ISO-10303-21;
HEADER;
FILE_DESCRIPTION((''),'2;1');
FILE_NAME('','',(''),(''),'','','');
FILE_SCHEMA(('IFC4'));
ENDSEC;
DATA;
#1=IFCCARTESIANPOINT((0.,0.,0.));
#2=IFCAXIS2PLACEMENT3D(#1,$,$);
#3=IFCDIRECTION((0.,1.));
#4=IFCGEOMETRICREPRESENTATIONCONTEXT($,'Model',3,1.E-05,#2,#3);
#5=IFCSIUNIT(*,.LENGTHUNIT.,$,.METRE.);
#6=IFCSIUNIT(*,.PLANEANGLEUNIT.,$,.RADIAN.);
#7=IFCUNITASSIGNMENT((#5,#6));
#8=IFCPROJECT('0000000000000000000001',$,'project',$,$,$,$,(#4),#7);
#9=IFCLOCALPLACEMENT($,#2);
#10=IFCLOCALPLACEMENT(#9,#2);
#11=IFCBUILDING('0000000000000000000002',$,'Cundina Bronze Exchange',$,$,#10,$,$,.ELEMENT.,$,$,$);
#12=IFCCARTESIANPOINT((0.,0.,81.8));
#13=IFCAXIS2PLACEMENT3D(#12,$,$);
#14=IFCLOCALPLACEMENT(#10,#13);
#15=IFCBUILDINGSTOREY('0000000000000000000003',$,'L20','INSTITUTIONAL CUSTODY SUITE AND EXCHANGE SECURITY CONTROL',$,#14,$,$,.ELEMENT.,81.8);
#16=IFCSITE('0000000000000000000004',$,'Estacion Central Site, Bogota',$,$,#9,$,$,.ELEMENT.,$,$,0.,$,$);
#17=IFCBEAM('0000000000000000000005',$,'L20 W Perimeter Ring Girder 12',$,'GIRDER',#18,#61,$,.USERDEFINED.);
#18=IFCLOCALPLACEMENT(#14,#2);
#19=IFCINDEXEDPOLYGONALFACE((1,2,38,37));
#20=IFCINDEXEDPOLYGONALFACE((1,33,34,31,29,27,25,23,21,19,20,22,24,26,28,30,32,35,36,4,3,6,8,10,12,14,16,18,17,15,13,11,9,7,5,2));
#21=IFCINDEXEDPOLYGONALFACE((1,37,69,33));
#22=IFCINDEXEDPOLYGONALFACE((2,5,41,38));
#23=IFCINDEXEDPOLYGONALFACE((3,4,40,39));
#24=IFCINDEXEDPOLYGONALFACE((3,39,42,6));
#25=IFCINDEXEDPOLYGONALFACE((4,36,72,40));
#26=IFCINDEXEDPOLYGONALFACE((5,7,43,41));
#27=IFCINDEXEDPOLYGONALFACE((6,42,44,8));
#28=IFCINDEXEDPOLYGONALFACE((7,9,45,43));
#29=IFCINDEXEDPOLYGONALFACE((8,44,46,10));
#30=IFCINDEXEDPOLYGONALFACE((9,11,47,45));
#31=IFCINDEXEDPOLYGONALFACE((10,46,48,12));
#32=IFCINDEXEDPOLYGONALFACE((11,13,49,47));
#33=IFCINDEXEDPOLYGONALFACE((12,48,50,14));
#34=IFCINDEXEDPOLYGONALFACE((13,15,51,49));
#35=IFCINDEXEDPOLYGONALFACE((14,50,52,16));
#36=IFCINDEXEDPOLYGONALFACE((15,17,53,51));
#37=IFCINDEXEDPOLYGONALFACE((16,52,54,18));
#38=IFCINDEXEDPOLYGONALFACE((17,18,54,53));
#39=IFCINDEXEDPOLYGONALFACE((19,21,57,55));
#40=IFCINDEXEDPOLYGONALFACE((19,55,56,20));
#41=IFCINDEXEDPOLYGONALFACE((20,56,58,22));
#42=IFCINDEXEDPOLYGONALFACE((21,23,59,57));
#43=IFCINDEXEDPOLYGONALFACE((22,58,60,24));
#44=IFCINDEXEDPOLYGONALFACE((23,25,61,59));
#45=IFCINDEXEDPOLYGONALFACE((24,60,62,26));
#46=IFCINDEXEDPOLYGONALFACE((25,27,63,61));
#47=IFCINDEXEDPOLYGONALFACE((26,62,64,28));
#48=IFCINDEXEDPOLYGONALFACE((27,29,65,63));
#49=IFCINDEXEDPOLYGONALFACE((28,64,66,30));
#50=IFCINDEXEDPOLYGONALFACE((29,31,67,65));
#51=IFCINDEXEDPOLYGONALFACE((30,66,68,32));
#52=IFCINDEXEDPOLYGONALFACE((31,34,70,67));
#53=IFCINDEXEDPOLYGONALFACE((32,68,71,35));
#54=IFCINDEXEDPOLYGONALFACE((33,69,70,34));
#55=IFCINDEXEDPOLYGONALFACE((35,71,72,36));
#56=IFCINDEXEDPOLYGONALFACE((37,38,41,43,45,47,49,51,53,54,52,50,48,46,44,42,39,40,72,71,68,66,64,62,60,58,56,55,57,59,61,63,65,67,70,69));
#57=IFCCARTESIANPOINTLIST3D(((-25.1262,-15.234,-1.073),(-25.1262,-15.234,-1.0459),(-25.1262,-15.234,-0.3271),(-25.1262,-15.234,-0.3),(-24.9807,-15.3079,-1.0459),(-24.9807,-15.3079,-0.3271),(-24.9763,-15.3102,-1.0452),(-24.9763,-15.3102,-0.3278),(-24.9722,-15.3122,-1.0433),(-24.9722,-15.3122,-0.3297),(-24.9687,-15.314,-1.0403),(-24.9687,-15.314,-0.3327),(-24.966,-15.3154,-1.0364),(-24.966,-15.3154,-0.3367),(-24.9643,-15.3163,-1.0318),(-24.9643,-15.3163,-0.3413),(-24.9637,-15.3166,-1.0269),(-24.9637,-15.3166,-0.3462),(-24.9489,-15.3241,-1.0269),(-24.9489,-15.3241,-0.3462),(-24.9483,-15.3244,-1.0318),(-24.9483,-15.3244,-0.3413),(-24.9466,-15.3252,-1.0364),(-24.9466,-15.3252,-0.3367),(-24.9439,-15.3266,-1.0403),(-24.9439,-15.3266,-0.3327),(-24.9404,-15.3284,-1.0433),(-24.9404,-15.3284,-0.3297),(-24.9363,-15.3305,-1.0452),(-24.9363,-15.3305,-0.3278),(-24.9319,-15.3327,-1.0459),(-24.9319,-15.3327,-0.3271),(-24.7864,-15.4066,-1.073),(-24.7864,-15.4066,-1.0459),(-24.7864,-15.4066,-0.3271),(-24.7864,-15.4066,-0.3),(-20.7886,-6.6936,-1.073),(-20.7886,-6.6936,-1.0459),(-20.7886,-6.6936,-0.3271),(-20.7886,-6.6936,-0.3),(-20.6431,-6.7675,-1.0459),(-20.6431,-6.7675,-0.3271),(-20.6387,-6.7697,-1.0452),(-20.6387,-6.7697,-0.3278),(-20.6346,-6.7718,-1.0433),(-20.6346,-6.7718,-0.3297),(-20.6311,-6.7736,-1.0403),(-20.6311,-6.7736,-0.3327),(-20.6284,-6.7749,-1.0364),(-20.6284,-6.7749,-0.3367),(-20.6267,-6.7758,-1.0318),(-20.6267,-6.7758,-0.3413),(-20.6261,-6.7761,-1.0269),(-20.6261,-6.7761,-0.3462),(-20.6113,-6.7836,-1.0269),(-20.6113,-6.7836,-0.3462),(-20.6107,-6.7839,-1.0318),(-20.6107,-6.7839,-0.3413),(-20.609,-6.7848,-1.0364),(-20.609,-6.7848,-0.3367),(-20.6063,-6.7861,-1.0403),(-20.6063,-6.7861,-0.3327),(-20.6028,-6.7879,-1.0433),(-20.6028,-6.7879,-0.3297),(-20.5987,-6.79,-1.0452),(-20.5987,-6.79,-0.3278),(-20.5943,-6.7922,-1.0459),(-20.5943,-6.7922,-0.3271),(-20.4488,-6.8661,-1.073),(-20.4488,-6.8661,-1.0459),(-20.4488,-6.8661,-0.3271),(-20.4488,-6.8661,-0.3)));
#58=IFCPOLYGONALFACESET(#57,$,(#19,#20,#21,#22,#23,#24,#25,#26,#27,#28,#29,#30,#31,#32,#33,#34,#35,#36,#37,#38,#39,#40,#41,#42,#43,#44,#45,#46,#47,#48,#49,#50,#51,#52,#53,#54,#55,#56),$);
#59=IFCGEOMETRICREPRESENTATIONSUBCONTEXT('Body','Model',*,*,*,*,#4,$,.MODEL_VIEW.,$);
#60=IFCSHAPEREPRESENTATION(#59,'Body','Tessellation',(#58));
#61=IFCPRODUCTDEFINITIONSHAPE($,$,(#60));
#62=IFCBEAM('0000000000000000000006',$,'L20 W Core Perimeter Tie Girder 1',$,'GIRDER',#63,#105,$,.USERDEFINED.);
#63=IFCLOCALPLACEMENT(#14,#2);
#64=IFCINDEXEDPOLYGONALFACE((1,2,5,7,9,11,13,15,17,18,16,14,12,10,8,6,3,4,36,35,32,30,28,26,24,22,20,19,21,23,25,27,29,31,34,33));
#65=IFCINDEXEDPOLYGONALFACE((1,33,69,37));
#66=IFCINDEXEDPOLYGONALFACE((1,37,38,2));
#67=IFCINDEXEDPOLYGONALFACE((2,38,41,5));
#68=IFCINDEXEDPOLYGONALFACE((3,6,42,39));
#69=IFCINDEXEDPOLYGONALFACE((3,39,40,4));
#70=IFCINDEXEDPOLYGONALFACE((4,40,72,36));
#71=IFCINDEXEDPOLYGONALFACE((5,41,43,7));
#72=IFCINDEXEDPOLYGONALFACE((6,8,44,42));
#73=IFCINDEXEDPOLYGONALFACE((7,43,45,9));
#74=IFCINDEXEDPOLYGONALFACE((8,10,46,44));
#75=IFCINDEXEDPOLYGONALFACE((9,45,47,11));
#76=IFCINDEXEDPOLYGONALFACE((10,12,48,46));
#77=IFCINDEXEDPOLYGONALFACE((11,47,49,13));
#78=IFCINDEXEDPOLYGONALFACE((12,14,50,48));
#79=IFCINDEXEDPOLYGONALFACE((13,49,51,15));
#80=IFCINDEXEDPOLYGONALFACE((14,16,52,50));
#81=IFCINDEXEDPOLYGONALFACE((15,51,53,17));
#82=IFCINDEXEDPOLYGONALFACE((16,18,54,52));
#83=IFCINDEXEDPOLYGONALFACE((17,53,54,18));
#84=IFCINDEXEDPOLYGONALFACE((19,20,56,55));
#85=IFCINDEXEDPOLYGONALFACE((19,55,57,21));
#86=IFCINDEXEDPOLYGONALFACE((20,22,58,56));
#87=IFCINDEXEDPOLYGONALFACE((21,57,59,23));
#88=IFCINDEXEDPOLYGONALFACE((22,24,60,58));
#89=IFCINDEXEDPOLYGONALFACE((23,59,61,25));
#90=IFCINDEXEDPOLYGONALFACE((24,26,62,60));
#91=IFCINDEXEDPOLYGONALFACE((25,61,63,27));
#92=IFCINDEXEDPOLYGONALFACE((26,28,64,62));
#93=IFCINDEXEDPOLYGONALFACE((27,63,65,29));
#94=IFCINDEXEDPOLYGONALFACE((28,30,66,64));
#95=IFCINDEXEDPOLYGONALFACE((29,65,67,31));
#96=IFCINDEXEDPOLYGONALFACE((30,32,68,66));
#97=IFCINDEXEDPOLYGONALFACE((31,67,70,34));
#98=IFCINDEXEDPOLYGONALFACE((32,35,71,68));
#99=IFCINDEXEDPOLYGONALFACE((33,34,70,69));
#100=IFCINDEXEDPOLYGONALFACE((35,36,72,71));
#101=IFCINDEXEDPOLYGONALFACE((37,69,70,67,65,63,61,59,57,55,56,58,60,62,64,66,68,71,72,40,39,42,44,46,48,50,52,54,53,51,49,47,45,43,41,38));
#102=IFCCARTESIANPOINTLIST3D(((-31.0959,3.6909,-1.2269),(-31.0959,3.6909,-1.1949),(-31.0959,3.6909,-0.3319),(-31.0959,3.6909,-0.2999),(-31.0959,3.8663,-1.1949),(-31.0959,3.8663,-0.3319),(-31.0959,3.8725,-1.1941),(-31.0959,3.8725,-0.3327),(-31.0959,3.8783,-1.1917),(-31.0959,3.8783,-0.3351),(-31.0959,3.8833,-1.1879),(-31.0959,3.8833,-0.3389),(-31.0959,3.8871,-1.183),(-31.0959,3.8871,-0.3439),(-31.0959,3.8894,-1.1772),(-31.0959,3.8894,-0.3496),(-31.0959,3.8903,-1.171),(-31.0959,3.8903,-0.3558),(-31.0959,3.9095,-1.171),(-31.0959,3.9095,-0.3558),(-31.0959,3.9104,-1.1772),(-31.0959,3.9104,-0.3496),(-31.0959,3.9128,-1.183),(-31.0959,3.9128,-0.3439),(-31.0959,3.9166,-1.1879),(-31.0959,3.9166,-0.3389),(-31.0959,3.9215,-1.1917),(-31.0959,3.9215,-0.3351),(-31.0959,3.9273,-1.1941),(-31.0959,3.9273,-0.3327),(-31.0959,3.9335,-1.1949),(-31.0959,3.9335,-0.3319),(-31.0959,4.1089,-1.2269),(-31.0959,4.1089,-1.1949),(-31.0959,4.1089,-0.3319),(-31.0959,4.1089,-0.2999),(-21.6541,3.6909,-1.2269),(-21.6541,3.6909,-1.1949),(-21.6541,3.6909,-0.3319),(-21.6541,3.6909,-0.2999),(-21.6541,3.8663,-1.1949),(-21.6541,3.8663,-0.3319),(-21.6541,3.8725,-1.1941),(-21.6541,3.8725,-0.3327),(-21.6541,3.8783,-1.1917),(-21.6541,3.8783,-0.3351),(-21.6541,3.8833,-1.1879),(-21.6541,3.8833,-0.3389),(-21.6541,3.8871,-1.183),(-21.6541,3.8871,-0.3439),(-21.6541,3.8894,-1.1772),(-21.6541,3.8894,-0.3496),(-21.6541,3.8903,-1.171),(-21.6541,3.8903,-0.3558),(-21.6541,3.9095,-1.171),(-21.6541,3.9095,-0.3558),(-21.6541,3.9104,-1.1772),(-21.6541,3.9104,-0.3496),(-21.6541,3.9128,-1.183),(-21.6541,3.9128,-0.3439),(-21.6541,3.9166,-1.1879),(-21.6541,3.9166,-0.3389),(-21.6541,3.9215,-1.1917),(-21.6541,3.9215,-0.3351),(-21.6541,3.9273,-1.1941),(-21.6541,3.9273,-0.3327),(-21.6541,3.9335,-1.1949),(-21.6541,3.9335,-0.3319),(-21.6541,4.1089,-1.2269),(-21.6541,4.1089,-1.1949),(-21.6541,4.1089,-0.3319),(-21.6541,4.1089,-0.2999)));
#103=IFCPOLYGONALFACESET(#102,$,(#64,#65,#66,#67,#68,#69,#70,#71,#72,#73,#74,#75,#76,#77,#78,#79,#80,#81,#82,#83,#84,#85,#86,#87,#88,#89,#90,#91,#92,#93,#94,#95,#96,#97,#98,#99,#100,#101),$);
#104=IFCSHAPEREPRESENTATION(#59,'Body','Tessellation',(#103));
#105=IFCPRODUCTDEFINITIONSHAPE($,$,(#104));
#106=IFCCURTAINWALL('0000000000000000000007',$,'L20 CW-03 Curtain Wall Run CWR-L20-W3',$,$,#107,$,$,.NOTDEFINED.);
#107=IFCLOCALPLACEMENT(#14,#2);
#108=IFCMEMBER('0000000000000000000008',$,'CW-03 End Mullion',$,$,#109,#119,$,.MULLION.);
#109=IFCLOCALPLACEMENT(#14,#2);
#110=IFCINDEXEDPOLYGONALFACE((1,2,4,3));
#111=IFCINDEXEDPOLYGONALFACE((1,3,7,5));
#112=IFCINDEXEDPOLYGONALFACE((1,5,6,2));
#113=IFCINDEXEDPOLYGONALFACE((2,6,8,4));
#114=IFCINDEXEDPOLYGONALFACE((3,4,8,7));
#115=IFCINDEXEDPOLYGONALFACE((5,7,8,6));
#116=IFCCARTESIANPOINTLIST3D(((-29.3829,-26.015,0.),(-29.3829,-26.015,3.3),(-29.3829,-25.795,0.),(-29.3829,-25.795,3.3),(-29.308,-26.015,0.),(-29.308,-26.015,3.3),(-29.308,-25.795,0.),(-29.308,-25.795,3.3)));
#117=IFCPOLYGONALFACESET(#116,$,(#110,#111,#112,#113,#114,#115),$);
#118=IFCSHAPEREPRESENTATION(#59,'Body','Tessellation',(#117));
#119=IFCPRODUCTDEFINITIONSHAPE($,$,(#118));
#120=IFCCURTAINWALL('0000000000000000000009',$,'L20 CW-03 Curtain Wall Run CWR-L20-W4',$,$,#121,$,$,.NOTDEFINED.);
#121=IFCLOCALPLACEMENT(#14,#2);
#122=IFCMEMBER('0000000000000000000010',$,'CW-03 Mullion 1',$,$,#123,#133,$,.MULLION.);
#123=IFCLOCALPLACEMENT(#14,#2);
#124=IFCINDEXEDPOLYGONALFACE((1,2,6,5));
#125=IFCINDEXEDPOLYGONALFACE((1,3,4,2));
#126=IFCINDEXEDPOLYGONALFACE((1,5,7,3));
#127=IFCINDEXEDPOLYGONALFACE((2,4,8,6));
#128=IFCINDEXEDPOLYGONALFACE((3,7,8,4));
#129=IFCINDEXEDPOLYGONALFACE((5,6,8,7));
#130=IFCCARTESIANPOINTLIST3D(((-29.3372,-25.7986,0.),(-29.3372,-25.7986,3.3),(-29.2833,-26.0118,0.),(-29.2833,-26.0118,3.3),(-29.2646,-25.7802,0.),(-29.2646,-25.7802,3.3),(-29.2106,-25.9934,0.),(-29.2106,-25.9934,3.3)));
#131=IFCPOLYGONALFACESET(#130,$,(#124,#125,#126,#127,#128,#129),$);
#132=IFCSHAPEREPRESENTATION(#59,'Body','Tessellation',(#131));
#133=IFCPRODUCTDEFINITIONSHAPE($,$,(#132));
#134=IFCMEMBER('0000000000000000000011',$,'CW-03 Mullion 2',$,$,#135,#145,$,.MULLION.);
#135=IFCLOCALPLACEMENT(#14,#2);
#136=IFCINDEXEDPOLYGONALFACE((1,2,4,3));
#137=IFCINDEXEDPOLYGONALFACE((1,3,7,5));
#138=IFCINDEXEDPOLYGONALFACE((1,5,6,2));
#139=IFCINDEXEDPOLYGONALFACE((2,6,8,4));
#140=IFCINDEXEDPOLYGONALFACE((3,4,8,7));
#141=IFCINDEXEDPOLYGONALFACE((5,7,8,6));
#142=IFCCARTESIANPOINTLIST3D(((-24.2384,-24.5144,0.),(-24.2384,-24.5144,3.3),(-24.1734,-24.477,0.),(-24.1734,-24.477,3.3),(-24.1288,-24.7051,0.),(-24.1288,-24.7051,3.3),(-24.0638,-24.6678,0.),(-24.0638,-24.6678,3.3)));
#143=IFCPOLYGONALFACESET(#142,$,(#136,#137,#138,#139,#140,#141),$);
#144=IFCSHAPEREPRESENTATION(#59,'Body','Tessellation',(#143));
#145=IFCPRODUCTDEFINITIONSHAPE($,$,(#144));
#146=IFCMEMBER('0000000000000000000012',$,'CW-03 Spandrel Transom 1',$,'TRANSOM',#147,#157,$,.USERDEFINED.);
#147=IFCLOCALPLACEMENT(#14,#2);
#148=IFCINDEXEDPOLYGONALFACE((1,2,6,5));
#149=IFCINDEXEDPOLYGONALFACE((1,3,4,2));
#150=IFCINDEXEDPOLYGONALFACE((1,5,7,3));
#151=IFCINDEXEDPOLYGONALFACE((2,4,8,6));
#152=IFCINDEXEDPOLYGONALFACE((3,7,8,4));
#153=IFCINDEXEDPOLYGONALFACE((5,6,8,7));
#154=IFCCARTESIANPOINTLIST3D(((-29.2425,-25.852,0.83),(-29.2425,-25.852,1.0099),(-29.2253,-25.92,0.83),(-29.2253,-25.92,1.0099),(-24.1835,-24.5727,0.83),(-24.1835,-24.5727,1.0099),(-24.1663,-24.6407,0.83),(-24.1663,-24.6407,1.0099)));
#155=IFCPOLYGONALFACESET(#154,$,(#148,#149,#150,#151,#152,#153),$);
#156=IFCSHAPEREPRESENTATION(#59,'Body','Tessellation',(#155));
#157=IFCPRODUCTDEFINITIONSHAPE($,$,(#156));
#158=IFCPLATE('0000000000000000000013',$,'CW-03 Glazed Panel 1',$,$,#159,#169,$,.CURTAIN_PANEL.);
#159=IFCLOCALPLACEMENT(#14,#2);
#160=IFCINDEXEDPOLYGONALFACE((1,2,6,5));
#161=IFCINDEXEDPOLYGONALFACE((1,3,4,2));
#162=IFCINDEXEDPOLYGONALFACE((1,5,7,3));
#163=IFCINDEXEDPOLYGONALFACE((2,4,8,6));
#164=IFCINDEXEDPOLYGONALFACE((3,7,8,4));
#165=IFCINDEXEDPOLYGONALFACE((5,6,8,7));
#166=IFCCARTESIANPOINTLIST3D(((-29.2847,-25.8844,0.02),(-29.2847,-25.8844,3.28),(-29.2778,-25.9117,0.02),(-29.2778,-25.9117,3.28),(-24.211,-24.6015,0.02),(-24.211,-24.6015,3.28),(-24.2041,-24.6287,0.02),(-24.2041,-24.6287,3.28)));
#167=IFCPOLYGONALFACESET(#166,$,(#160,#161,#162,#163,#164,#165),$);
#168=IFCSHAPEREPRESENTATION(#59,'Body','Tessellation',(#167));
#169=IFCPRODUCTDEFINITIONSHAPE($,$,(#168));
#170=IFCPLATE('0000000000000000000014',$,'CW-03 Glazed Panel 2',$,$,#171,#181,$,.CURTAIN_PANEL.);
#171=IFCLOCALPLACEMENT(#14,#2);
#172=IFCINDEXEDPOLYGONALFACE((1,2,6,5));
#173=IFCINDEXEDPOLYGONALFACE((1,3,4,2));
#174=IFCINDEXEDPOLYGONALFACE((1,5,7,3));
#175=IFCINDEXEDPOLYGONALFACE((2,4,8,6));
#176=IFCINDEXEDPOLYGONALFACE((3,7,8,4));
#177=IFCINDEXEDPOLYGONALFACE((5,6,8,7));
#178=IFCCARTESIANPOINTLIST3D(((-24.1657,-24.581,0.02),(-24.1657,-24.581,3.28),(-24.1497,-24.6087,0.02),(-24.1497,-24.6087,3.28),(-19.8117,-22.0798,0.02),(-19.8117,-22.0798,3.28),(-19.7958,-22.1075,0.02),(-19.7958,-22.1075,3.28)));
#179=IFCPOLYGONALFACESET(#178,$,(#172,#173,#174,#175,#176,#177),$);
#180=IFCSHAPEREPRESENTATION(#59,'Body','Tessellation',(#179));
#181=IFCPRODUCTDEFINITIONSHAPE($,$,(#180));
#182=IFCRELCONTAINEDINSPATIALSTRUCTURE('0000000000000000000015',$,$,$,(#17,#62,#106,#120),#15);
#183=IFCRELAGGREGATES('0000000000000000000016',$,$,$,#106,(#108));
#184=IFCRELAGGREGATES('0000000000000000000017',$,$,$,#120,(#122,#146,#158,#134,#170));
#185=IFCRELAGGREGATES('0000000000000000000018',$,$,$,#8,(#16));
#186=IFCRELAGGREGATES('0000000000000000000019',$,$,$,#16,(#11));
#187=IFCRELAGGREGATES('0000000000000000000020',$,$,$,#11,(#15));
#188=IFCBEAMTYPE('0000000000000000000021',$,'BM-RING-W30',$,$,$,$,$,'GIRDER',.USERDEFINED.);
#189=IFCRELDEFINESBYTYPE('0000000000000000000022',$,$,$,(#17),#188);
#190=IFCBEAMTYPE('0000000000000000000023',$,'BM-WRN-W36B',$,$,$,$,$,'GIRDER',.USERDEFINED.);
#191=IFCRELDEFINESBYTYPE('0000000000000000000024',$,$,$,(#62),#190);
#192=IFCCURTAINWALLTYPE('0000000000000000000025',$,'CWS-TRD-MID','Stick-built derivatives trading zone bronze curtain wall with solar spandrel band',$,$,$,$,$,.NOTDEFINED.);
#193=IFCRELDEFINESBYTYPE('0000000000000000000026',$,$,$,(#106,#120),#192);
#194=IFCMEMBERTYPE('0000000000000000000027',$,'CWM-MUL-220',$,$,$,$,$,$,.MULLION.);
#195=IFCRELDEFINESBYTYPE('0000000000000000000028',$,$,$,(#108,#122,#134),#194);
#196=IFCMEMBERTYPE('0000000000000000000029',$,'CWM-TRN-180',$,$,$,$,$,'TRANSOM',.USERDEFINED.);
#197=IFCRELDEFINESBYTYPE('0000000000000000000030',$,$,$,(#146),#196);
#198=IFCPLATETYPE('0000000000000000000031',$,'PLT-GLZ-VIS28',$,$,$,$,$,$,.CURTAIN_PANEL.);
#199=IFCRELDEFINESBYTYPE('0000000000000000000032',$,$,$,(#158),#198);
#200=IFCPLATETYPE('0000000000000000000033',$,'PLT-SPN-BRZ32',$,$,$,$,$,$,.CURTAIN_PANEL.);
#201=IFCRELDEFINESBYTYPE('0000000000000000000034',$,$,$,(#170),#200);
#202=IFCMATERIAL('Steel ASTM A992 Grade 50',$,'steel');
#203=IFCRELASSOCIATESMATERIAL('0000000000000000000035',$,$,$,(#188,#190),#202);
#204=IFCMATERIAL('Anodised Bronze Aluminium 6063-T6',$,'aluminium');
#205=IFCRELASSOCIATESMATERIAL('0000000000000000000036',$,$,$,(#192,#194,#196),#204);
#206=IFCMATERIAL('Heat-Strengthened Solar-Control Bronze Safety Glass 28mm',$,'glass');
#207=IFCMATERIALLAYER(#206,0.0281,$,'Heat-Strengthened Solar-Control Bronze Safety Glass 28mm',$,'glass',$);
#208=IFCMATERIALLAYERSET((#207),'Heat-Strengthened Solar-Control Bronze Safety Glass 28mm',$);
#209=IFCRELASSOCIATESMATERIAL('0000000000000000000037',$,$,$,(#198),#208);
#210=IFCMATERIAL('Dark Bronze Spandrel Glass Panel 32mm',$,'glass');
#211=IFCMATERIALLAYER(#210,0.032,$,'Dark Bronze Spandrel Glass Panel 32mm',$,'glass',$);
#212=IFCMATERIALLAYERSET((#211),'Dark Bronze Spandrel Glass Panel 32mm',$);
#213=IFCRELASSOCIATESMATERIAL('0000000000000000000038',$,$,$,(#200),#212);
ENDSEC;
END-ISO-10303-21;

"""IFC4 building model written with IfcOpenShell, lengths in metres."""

from ifc_helpers import new_model, si_unit, direction, frame, origin, origin_2d, place, context, subcontext, project, spatial, rectangle, i_section, extrude, material, layer, layer_set, material_profile, profile_set, type_object, element, aggregate, save


model = new_model("IFC4")

# Units and contexts
model_context = context("Model", 3, precision=1e-05, world=origin(), true_north=direction((0.0, 1.0)))
body_context = subcontext(model_context, "Body", "Model", "MODEL_VIEW")
ifc_project = project(units=[si_unit("LENGTHUNIT", "METRE"), si_unit("PLANEANGLEUNIT", "RADIAN")], contexts=[model_context])

# Site, building, storey
site_placement = place(None, origin())
site = spatial("IfcSite", under=ifc_project, at=site_placement, Name="Estacion Central Site, Bogota", CompositionType="ELEMENT", RefElevation=0.0)
building_placement = place(site_placement, origin())
building = spatial("IfcBuilding", under=site, at=building_placement, Name="Cundina Bronze Exchange", CompositionType="ELEMENT")
storey_placement = place(building_placement, frame((0.0, 0.0, 81.8)))
storey = spatial("IfcBuildingStorey", under=building, at=storey_placement, Name="L20", Description="INSTITUTIONAL CUSTODY SUITE AND EXCHANGE SECURITY CONTROL", CompositionType="ELEMENT", Elevation=81.8)

# Shared definitions
ifc_material_1 = material(Name="Steel ASTM A992 Grade 50", Category="steel")

# Beams
ifc_material_profile_1 = material_profile(ifc_material_1, i_section(OverallWidth=0.3811, OverallDepth=0.7729, WebThickness=0.0166, FlangeThickness=0.0271, FilletRadius=0.019, at=origin_2d()), Name="W30X173", Category="steel")
ifc_profile_set_1 = profile_set([ifc_material_profile_1], Name="Steel ASTM A992 Grade 50")
beam_type_1 = type_object("IfcBeamType", Name="BM-RING-W30", ElementType="GIRDER", PredefinedType="USERDEFINED", material=ifc_profile_set_1)
beam_1_placement = place(storey_placement, frame((-24.9563, -15.3203, -0.6865), z_axis=(0.452832, 0.891596, 0.0), x_axis=(-0.891596, 0.452832, 0.0)))
element("IfcBeam", 1, at=beam_1_placement, inside=storey, type_object=beam_type_1, Name="L20 W Perimeter Ring Girder 12", ObjectType="GIRDER", PredefinedType="USERDEFINED", context=body_context, shape_type="SweptSolid", body=[
    extrude(i_section(OverallWidth=0.3811, OverallDepth=0.7729, WebThickness=0.0166, FlangeThickness=0.0271, FilletRadius=0.019, at=origin_2d()), origin(), (0.0, 0.0, 1.0), 9.5789),
])
ifc_material_profile_2 = material_profile(ifc_material_1, i_section(OverallWidth=0.418, OverallDepth=0.927, WebThickness=0.0193, FlangeThickness=0.032, FilletRadius=0.0239, at=origin_2d()), Name="W36X231", Category="steel")
ifc_profile_set_2 = profile_set([ifc_material_profile_2], Name="Steel ASTM A992 Grade 50")
beam_type_2 = type_object("IfcBeamType", Name="BM-WRN-W36B", ElementType="GIRDER", PredefinedType="USERDEFINED", material=ifc_profile_set_2)
beam_2_placement = place(storey_placement, frame((-31.0959, 3.8999, -0.7634), z_axis=(1.0, 0.0, 0.0), x_axis=(0.0, 1.0, 0.0)))
element("IfcBeam", 2, at=beam_2_placement, inside=storey, type_object=beam_type_2, Name="L20 W Core Perimeter Tie Girder 1", ObjectType="GIRDER", PredefinedType="USERDEFINED", context=body_context, shape_type="SweptSolid", body=[
    extrude(i_section(OverallWidth=0.418, OverallDepth=0.927, WebThickness=0.0193, FlangeThickness=0.032, FilletRadius=0.0239, at=origin_2d()), origin(), (0.0, 0.0, 1.0), 9.4419),
])

# Curtain wall, member
ifc_material_2 = material(Name="Anodised Bronze Aluminium 6063-T6", Category="aluminium")
curtain_wall_type = type_object("IfcCurtainWallType", Name="CWS-TRD-MID", Description="Stick-built derivatives trading zone bronze curtain wall with solar spandrel band", PredefinedType="NOTDEFINED", material=ifc_material_2)
curtain_wall_1_placement = place(storey_placement, origin())
curtain_wall_1 = element("IfcCurtainWall", 3, at=curtain_wall_1_placement, inside=storey, type_object=curtain_wall_type, Name="L20 CW-03 Curtain Wall Run CWR-L20-W3", PredefinedType="NOTDEFINED")
ifc_material_profile_3 = material_profile(ifc_material_2, rectangle(XDim=0.075, YDim=0.22, at=origin_2d()), Name="AL75X220", Category="aluminium")
ifc_profile_set_3 = profile_set([ifc_material_profile_3], Name="Anodised Bronze Aluminium 6063-T6")
member_type_1 = type_object("IfcMemberType", Name="CWM-MUL-220", PredefinedType="MULLION", material=ifc_profile_set_3)
member_1_placement = place(storey_placement, frame((-29.3455, -25.905, 0.0), z_axis=(0.0, 0.0, 1.0), x_axis=(1.0, 0.0, 0.0)))
member_1 = element("IfcMember", 4, at=member_1_placement, type_object=member_type_1, Name="CW-03 End Mullion", PredefinedType="MULLION", context=body_context, shape_type="SweptSolid", body=[
    extrude(rectangle(XDim=0.075, YDim=0.22, at=origin_2d()), origin(), (0.0, 0.0, 1.0), 3.3),
])
aggregate(curtain_wall_1, [member_1])

# Curtain wall, members, plates
curtain_wall_2_placement = place(storey_placement, origin())
curtain_wall_2 = element("IfcCurtainWall", 5, at=curtain_wall_2_placement, inside=storey, type_object=curtain_wall_type, Name="L20 CW-03 Curtain Wall Run CWR-L20-W4", PredefinedType="NOTDEFINED")
member_2_placement = place(storey_placement, frame((-29.2739, -25.896, 0.0), z_axis=(0.0, 0.0, 1.0), x_axis=(0.969488, 0.245138, 0.0)))
member_2 = element("IfcMember", 6, at=member_2_placement, type_object=member_type_1, Name="CW-03 Mullion 1", PredefinedType="MULLION", context=body_context, shape_type="SweptSolid", body=[
    extrude(rectangle(XDim=0.075, YDim=0.22, at=origin_2d()), origin(), (0.0, 0.0, 1.0), 3.3),
])
member_3_placement = place(storey_placement, frame((-24.1511, -24.5911, 0.0), z_axis=(0.0, 0.0, 1.0), x_axis=(0.867071, 0.498185, 0.0)))
member_3 = element("IfcMember", 7, at=member_3_placement, type_object=member_type_1, Name="CW-03 Mullion 2", PredefinedType="MULLION", context=body_context, shape_type="SweptSolid", body=[
    extrude(rectangle(XDim=0.075, YDim=0.22, at=origin_2d()), origin(), (0.0, 0.0, 1.0), 3.3),
])
ifc_material_profile_4 = material_profile(ifc_material_2, rectangle(XDim=0.0701, YDim=0.1799, at=origin_2d()), Name="AL70X180", Category="aluminium")
ifc_profile_set_4 = profile_set([ifc_material_profile_4], Name="Anodised Bronze Aluminium 6063-T6")
member_type_2 = type_object("IfcMemberType", Name="CWM-TRN-180", ElementType="TRANSOM", PredefinedType="USERDEFINED", material=ifc_profile_set_4)
member_4_placement = place(storey_placement, frame((-29.2339, -25.886, 0.9199), z_axis=(0.969484, 0.245155, 0.0), x_axis=(-0.245155, 0.969484, 0.0)))
member_4 = element("IfcMember", 8, at=member_4_placement, type_object=member_type_2, Name="CW-03 Spandrel Transom 1", ObjectType="TRANSOM", PredefinedType="USERDEFINED", context=body_context, shape_type="SweptSolid", body=[
    extrude(rectangle(XDim=0.0701, YDim=0.1799, at=origin_2d()), origin(), (0.0, 0.0, 1.0), 5.2183),
])
ifc_material_3 = material(Name="Heat-Strengthened Solar-Control Bronze Safety Glass 28mm", Category="glass")
ifc_layer_1 = layer(ifc_material_3, 0.0281, Name="Heat-Strengthened Solar-Control Bronze Safety Glass 28mm", Category="glass")
ifc_layer_set_1 = layer_set([ifc_layer_1], Name="Heat-Strengthened Solar-Control Bronze Safety Glass 28mm")
plate_type_1 = type_object("IfcPlateType", Name="PLT-GLZ-VIS28", PredefinedType="CURTAIN_PANEL", material=ifc_layer_set_1)
plate_1_placement = place(storey_placement, frame((-26.7444, -25.2566, 0.02), z_axis=(0.0, 0.0, 1.0), x_axis=(0.969488, 0.245138, 0.0)))
plate_1 = element("IfcPlate", 9, at=plate_1_placement, type_object=plate_type_1, Name="CW-03 Glazed Panel 1", PredefinedType="CURTAIN_PANEL", context=body_context, shape_type="SweptSolid", body=[
    extrude(rectangle(XDim=5.2334, YDim=0.0281, at=origin_2d()), origin(), (0.0, 0.0, 1.0), 3.26),
])
ifc_material_4 = material(Name="Dark Bronze Spandrel Glass Panel 32mm", Category="glass")
ifc_layer_2 = layer(ifc_material_4, 0.032, Name="Dark Bronze Spandrel Glass Panel 32mm", Category="glass")
ifc_layer_set_2 = layer_set([ifc_layer_2], Name="Dark Bronze Spandrel Glass Panel 32mm")
plate_type_2 = type_object("IfcPlateType", Name="PLT-SPN-BRZ32", PredefinedType="CURTAIN_PANEL", material=ifc_layer_set_2)
plate_2_placement = place(storey_placement, frame((-21.9807, -23.3442, 0.02), z_axis=(0.0, 0.0, 1.0), x_axis=(0.867105, 0.498125, 0.0)))
plate_2 = element("IfcPlate", 10, at=plate_2_placement, type_object=plate_type_2, Name="CW-03 Glazed Panel 2", PredefinedType="CURTAIN_PANEL", context=body_context, shape_type="SweptSolid", body=[
    extrude(rectangle(XDim=5.0212, YDim=0.032, at=origin_2d()), origin(), (0.0, 0.0, 1.0), 3.26),
])
aggregate(curtain_wall_2, [member_2, member_4, plate_1, member_3, plate_2])

save(model, "model.ifc")
